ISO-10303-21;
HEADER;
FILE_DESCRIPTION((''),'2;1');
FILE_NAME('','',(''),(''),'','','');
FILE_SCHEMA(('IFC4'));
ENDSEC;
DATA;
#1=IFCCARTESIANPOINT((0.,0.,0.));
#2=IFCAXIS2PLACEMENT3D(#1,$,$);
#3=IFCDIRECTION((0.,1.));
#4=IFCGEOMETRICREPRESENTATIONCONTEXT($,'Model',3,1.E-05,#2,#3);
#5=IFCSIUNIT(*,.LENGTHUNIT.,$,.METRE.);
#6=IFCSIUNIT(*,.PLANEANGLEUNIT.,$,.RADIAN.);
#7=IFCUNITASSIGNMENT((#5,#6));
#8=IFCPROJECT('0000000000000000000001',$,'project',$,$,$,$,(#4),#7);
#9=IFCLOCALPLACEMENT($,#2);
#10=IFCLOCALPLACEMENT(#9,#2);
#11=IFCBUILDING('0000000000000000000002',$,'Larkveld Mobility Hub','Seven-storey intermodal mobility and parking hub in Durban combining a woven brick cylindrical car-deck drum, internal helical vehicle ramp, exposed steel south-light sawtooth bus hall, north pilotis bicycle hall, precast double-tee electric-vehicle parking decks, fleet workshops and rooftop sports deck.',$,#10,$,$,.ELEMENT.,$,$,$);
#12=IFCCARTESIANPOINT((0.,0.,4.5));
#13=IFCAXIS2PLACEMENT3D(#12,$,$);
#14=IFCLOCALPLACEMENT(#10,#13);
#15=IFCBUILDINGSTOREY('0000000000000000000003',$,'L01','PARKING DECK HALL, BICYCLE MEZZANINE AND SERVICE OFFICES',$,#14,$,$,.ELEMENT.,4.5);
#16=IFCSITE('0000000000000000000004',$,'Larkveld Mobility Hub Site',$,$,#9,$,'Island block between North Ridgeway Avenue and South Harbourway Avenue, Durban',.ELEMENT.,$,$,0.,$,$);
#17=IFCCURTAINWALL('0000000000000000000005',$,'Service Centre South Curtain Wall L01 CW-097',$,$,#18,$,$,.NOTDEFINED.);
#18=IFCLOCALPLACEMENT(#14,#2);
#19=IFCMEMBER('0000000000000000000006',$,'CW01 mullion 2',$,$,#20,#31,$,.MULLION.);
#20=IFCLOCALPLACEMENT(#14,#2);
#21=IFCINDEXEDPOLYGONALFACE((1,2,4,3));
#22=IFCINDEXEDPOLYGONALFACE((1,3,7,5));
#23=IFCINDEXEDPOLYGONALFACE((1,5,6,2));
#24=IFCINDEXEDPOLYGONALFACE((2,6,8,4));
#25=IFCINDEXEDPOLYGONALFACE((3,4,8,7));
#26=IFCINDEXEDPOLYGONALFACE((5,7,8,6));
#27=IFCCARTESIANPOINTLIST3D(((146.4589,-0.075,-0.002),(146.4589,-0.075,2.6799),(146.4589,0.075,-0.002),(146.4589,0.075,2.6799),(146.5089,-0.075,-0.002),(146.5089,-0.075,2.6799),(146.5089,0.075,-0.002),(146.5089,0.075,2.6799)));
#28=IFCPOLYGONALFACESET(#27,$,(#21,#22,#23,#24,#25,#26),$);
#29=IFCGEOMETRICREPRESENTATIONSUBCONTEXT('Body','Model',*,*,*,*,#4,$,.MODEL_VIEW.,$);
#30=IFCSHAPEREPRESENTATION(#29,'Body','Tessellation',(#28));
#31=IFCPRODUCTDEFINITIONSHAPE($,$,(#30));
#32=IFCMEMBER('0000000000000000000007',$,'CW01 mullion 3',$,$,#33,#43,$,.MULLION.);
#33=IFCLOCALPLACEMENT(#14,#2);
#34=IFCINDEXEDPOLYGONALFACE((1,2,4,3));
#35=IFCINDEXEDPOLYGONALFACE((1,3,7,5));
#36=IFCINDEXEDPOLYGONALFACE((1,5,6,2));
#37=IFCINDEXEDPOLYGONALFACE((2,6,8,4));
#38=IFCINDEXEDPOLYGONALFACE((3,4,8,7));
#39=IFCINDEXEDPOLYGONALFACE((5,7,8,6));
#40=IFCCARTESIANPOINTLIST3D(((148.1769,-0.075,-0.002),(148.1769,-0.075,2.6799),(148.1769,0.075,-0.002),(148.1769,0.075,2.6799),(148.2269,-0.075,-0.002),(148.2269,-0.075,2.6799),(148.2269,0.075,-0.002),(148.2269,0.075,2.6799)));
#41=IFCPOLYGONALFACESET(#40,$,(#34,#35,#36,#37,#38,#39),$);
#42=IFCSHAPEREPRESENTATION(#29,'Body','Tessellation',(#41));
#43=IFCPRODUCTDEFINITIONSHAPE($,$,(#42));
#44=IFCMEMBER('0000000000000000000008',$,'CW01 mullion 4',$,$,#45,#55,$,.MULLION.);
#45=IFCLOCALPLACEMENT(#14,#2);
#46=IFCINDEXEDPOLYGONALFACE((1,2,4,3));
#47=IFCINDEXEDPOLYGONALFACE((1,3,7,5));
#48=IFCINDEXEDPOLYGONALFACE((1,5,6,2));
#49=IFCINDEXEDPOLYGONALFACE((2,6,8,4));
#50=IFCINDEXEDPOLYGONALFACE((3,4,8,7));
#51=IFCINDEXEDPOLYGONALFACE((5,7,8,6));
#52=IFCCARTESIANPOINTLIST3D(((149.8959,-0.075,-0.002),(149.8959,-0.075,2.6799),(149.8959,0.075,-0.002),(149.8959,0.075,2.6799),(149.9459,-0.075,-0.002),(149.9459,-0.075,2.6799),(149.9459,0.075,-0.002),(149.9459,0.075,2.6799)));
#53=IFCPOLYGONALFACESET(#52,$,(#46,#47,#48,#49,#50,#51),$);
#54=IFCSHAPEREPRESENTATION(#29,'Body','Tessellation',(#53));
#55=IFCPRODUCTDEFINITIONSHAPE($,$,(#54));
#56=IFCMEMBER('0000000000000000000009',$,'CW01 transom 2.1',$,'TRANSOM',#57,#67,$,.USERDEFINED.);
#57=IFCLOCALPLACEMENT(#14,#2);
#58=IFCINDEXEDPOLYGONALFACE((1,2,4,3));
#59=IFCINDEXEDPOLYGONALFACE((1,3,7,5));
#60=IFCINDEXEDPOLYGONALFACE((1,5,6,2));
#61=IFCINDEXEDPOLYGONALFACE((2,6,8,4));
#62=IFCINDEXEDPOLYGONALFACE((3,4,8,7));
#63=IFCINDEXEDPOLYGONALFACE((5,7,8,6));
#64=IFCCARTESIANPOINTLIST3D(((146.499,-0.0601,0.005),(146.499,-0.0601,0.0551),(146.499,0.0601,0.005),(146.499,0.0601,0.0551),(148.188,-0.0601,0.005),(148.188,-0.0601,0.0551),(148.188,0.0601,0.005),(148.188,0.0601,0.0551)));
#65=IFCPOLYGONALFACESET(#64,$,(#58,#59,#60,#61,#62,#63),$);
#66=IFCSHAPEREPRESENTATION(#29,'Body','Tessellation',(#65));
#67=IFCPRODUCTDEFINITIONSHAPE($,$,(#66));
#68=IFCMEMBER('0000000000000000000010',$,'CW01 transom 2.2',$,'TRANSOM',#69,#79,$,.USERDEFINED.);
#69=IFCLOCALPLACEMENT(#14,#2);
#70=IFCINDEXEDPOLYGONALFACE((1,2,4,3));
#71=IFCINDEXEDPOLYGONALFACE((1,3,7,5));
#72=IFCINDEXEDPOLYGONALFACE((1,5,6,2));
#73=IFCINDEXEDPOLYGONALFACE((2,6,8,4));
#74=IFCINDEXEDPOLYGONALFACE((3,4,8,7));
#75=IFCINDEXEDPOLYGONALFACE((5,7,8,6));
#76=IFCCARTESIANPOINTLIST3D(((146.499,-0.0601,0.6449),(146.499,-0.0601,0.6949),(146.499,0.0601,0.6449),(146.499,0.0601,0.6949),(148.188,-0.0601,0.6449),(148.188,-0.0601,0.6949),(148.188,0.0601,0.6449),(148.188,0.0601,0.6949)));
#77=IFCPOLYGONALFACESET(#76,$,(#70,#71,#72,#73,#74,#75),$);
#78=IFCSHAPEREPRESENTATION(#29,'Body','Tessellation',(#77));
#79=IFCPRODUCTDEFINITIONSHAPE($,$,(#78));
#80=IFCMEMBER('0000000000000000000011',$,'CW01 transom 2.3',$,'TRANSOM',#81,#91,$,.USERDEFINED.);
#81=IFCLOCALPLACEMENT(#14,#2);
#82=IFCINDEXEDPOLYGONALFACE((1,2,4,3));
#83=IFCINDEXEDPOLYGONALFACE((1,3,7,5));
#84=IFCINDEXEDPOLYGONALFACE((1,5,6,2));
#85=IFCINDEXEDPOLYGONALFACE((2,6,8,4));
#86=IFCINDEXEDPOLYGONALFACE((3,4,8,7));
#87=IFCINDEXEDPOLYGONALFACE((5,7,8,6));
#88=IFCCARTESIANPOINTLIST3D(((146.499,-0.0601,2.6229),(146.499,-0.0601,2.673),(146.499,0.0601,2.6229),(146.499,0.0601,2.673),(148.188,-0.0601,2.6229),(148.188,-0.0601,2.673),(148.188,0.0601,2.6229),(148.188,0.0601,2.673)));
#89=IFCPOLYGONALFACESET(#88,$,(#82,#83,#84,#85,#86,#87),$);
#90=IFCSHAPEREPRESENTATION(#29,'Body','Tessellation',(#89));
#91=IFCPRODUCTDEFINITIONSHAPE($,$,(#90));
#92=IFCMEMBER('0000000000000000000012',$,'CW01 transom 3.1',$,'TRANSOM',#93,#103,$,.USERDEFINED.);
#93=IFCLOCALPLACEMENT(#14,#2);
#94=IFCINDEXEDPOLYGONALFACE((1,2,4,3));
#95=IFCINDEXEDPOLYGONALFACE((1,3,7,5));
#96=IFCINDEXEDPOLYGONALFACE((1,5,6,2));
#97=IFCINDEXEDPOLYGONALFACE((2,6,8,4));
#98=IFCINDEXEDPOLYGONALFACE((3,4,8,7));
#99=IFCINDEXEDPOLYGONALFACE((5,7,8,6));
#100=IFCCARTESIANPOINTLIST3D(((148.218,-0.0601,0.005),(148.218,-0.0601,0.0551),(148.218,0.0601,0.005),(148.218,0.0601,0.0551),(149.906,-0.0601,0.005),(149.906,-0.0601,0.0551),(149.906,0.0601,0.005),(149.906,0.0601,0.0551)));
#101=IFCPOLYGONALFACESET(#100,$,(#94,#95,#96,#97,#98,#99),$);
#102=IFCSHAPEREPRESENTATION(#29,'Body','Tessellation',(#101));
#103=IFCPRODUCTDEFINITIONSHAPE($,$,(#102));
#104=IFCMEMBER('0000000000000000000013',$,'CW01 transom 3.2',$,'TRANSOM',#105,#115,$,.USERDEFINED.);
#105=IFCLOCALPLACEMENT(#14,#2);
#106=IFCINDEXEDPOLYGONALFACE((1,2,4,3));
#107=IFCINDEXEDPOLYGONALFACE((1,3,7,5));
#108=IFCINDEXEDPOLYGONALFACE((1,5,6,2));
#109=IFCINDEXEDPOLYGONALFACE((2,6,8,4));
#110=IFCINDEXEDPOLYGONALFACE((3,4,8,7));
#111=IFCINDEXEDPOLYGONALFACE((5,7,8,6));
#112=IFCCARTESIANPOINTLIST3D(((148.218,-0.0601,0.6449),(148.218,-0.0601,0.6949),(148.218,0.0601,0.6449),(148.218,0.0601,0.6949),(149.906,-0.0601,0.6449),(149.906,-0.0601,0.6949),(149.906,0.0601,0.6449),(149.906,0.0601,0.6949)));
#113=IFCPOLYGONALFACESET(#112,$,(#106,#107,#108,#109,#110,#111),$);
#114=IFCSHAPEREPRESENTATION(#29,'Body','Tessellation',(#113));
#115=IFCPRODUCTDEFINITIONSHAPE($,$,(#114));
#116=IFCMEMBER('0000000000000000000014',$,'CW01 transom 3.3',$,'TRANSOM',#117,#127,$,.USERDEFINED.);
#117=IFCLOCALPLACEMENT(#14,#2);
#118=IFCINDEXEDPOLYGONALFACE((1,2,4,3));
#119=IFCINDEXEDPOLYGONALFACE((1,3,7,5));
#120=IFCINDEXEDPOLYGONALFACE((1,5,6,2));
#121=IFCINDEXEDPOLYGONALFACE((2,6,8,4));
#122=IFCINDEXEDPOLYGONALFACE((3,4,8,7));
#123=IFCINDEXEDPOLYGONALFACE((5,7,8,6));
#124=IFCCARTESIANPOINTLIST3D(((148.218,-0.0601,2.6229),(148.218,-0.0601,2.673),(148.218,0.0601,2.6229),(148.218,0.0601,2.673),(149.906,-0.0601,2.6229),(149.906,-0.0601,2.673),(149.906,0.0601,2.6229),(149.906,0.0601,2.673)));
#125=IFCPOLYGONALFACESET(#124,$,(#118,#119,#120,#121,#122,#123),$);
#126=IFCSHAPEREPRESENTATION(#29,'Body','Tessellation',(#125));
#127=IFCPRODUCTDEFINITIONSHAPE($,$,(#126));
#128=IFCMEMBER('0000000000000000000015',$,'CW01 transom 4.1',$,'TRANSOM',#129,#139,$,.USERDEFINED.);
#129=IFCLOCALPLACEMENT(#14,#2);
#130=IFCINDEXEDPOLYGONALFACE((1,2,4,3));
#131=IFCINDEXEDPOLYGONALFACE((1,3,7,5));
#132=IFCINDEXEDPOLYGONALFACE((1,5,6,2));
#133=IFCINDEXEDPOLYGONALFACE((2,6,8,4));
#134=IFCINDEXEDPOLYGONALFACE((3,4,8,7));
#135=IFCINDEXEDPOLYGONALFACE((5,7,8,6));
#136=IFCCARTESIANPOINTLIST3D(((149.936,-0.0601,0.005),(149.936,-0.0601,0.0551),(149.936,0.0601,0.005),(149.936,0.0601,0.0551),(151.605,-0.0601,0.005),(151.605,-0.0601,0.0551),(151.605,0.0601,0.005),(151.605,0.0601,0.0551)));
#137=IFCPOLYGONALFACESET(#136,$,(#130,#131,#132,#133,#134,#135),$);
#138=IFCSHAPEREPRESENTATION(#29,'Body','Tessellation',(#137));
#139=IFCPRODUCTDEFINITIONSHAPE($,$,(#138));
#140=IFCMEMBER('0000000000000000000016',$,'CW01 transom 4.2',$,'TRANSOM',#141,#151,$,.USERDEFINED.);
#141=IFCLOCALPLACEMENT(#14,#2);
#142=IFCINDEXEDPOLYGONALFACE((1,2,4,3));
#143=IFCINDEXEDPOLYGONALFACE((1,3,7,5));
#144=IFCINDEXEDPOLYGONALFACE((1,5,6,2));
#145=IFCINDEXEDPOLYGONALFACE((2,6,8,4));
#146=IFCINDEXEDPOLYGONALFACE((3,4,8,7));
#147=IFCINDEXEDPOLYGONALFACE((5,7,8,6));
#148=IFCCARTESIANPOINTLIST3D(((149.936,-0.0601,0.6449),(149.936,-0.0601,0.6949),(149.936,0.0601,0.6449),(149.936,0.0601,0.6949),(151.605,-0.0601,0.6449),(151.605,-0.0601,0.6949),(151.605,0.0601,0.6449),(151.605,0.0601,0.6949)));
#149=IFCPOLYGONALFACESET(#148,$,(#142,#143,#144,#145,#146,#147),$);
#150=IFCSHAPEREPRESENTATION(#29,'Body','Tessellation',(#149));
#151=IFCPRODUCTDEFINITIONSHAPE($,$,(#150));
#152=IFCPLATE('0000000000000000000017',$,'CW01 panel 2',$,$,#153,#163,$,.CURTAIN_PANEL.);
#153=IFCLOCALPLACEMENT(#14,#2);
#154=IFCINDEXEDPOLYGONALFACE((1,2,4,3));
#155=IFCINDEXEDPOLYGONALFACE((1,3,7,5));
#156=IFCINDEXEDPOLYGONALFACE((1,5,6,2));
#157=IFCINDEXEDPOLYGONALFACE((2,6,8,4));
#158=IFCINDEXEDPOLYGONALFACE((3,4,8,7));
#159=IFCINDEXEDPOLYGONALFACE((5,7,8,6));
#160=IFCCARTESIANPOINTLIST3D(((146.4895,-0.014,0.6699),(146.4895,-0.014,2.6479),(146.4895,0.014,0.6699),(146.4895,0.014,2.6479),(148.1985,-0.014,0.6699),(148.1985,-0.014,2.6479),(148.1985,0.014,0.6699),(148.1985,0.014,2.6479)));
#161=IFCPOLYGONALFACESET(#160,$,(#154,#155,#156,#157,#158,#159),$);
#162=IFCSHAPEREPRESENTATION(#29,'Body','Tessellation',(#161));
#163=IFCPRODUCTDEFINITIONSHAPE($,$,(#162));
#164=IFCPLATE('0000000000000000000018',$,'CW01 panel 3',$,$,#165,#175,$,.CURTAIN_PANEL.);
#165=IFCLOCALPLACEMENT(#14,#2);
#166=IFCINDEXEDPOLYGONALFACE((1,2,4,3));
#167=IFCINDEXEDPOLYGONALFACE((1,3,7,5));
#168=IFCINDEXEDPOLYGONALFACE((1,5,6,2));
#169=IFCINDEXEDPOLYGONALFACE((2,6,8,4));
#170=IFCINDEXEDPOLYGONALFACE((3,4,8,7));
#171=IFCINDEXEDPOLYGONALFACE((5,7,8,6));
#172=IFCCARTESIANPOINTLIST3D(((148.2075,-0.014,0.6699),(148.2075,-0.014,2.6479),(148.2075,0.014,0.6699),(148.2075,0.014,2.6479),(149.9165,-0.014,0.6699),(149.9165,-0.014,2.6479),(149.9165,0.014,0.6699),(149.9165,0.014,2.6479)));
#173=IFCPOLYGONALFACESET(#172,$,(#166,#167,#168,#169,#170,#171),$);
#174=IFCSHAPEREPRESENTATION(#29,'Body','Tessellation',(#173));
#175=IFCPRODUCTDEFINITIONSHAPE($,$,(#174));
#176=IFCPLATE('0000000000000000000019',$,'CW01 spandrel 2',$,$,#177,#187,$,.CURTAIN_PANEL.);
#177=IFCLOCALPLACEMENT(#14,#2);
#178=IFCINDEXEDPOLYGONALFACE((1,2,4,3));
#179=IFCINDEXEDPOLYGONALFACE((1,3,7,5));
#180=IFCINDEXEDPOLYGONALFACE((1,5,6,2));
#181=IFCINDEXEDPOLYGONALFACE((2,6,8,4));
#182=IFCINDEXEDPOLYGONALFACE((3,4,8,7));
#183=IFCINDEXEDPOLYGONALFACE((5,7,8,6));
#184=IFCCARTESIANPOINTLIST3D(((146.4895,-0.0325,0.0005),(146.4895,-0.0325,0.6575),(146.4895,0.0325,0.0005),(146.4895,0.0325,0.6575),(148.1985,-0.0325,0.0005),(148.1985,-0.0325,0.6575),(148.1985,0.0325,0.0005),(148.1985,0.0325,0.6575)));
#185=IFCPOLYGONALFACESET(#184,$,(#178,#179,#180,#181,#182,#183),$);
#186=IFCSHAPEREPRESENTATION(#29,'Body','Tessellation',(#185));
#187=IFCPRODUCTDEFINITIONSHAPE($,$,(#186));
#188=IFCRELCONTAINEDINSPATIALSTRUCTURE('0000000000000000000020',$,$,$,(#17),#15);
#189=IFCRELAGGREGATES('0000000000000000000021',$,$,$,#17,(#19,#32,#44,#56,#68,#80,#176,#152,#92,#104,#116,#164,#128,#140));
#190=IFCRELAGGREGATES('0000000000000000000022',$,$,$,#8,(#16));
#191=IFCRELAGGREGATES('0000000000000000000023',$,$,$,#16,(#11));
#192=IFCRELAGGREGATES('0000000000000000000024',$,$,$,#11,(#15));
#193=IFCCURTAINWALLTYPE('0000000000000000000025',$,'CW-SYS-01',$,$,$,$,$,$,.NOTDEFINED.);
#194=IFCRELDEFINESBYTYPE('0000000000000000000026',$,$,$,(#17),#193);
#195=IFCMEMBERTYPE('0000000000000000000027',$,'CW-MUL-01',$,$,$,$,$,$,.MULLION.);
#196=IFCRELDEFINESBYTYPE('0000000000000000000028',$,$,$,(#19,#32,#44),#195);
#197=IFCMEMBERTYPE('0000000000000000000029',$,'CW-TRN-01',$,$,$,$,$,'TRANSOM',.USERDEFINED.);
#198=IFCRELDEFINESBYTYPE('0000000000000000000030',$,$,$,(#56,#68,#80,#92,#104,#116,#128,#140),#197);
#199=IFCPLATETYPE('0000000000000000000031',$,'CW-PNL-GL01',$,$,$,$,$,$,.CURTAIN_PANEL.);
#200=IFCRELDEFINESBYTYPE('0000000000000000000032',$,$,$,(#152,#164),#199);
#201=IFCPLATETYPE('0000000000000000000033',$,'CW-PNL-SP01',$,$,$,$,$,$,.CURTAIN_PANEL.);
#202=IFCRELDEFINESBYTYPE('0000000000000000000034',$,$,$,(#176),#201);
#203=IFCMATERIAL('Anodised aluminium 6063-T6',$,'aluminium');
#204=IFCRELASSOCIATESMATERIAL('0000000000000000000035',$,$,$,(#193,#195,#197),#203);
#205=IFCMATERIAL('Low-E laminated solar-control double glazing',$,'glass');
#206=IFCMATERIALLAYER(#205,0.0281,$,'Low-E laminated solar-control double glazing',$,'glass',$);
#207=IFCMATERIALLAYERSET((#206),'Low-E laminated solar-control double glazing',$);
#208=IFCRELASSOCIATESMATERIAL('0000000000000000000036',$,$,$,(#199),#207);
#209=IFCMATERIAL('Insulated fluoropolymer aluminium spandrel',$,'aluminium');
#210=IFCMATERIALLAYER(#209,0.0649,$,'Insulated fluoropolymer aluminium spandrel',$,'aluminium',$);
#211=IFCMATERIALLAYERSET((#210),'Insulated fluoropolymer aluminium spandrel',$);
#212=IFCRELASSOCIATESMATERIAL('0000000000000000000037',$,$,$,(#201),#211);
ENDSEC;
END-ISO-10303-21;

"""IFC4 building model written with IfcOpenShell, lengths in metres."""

from ifc_helpers import new_model, si_unit, direction, frame, origin, origin_2d, place, context, subcontext, project, spatial, rectangle, extrude, material, layer, layer_set, material_profile, profile_set, type_object, element, aggregate, save


model = new_model("IFC4")

# Units and contexts
model_context = context("Model", 3, precision=1e-05, world=origin(), true_north=direction((0.0, 1.0)))
body_context = subcontext(model_context, "Body", "Model", "MODEL_VIEW")
ifc_project = project(units=[si_unit("LENGTHUNIT", "METRE"), si_unit("PLANEANGLEUNIT", "RADIAN")], contexts=[model_context])

# Site, building, storey
site_placement = place(None, origin())
site = spatial("IfcSite", under=ifc_project, at=site_placement, Name="Larkveld Mobility Hub Site", LongName="Island block between North Ridgeway Avenue and South Harbourway Avenue, Durban", CompositionType="ELEMENT", RefElevation=0.0)
building_placement = place(site_placement, origin())
building = spatial("IfcBuilding", under=site, at=building_placement, Name="Larkveld Mobility Hub", Description="Seven-storey intermodal mobility and parking hub in Durban combining a woven brick cylindrical car-deck drum, internal helical vehicle ramp, exposed steel south-light sawtooth bus hall, north pilotis bicycle hall, precast double-tee electric-vehicle parking decks, fleet workshops and rooftop sports deck.", CompositionType="ELEMENT")
storey_placement = place(building_placement, frame((0.0, 0.0, 4.5)))
storey = spatial("IfcBuildingStorey", under=building, at=storey_placement, Name="L01", Description="PARKING DECK HALL, BICYCLE MEZZANINE AND SERVICE OFFICES", CompositionType="ELEMENT", Elevation=4.5)

# Curtain wall, members, plates
ifc_material_1 = material(Name="Anodised aluminium 6063-T6", Category="aluminium")
curtain_wall_type = type_object("IfcCurtainWallType", Name="CW-SYS-01", PredefinedType="NOTDEFINED", material=ifc_material_1)
curtain_wall_placement = place(storey_placement, origin())
curtain_wall = element("IfcCurtainWall", 1, at=curtain_wall_placement, inside=storey, type_object=curtain_wall_type, Name="Service Centre South Curtain Wall L01 CW-097", PredefinedType="NOTDEFINED")
ifc_material_profile_1 = material_profile(ifc_material_1, rectangle(XDim=0.05, YDim=0.1499, at=origin_2d()), Name="ALU MULL 50x150")
ifc_profile_set_1 = profile_set([ifc_material_profile_1], Name="Anodised aluminium 6063-T6")
member_type_1 = type_object("IfcMemberType", Name="CW-MUL-01", PredefinedType="MULLION", material=ifc_profile_set_1)
member_1_placement = place(storey_placement, frame((146.4839, 0.0, -0.002), z_axis=(0.0, 0.0, 1.0), x_axis=(1.0, 0.0, 0.0)))
member_1 = element("IfcMember", 2, at=member_1_placement, type_object=member_type_1, Name="CW01 mullion 2", PredefinedType="MULLION", context=body_context, shape_type="SweptSolid", body=[
    extrude(rectangle(XDim=0.05, YDim=0.1499, at=origin_2d()), origin(), (0.0, 0.0, 1.0), 2.6819),
])
member_2_placement = place(storey_placement, frame((148.2019, 0.0, -0.002), z_axis=(0.0, 0.0, 1.0), x_axis=(1.0, 0.0, 0.0)))
member_2 = element("IfcMember", 3, at=member_2_placement, type_object=member_type_1, Name="CW01 mullion 3", PredefinedType="MULLION", context=body_context, shape_type="SweptSolid", body=[
    extrude(rectangle(XDim=0.05, YDim=0.1499, at=origin_2d()), origin(), (0.0, 0.0, 1.0), 2.6819),
])
member_3_placement = place(storey_placement, frame((149.9209, 0.0, -0.002), z_axis=(0.0, 0.0, 1.0), x_axis=(1.0, 0.0, 0.0)))
member_3 = element("IfcMember", 4, at=member_3_placement, type_object=member_type_1, Name="CW01 mullion 4", PredefinedType="MULLION", context=body_context, shape_type="SweptSolid", body=[
    extrude(rectangle(XDim=0.05, YDim=0.1499, at=origin_2d()), origin(), (0.0, 0.0, 1.0), 2.6819),
])
ifc_material_profile_2 = material_profile(ifc_material_1, rectangle(XDim=0.1201, YDim=0.05, at=origin_2d()), Name="ALU TRAN 50x120")
ifc_profile_set_2 = profile_set([ifc_material_profile_2], Name="Anodised aluminium 6063-T6")
member_type_2 = type_object("IfcMemberType", Name="CW-TRN-01", ElementType="TRANSOM", PredefinedType="USERDEFINED", material=ifc_profile_set_2)
member_4_placement = place(storey_placement, frame((146.499, 0.0, 0.03), z_axis=(1.0, 0.0, 0.0), x_axis=(0.0, 1.0, 0.0)))
member_4 = element("IfcMember", 5, at=member_4_placement, type_object=member_type_2, Name="CW01 transom 2.1", ObjectType="TRANSOM", PredefinedType="USERDEFINED", context=body_context, shape_type="SweptSolid", body=[
    extrude(rectangle(XDim=0.1201, YDim=0.05, at=origin_2d()), origin(), (0.0, 0.0, 1.0), 1.689),
])
member_5_placement = place(storey_placement, frame((146.499, 0.0, 0.6699), z_axis=(1.0, 0.0, 0.0), x_axis=(0.0, 1.0, 0.0)))
member_5 = element("IfcMember", 6, at=member_5_placement, type_object=member_type_2, Name="CW01 transom 2.2", ObjectType="TRANSOM", PredefinedType="USERDEFINED", context=body_context, shape_type="SweptSolid", body=[
    extrude(rectangle(XDim=0.1201, YDim=0.05, at=origin_2d()), origin(), (0.0, 0.0, 1.0), 1.689),
])
member_6_placement = place(storey_placement, frame((146.499, 0.0, 2.6479), z_axis=(1.0, 0.0, 0.0), x_axis=(0.0, 1.0, 0.0)))
member_6 = element("IfcMember", 7, at=member_6_placement, type_object=member_type_2, Name="CW01 transom 2.3", ObjectType="TRANSOM", PredefinedType="USERDEFINED", context=body_context, shape_type="SweptSolid", body=[
    extrude(rectangle(XDim=0.1201, YDim=0.05, at=origin_2d()), origin(), (0.0, 0.0, 1.0), 1.689),
])
member_7_placement = place(storey_placement, frame((148.218, 0.0, 0.03), z_axis=(1.0, 0.0, 0.0), x_axis=(0.0, 1.0, 0.0)))
member_7 = element("IfcMember", 8, at=member_7_placement, type_object=member_type_2, Name="CW01 transom 3.1", ObjectType="TRANSOM", PredefinedType="USERDEFINED", context=body_context, shape_type="SweptSolid", body=[
    extrude(rectangle(XDim=0.1201, YDim=0.05, at=origin_2d()), origin(), (0.0, 0.0, 1.0), 1.688),
])
member_8_placement = place(storey_placement, frame((148.218, 0.0, 0.6699), z_axis=(1.0, 0.0, 0.0), x_axis=(0.0, 1.0, 0.0)))
member_8 = element("IfcMember", 9, at=member_8_placement, type_object=member_type_2, Name="CW01 transom 3.2", ObjectType="TRANSOM", PredefinedType="USERDEFINED", context=body_context, shape_type="SweptSolid", body=[
    extrude(rectangle(XDim=0.1201, YDim=0.05, at=origin_2d()), origin(), (0.0, 0.0, 1.0), 1.688),
])
member_9_placement = place(storey_placement, frame((148.218, 0.0, 2.6479), z_axis=(1.0, 0.0, 0.0), x_axis=(0.0, 1.0, 0.0)))
member_9 = element("IfcMember", 10, at=member_9_placement, type_object=member_type_2, Name="CW01 transom 3.3", ObjectType="TRANSOM", PredefinedType="USERDEFINED", context=body_context, shape_type="SweptSolid", body=[
    extrude(rectangle(XDim=0.1201, YDim=0.05, at=origin_2d()), origin(), (0.0, 0.0, 1.0), 1.688),
])
member_10_placement = place(storey_placement, frame((149.936, 0.0, 0.03), z_axis=(1.0, 0.0, 0.0), x_axis=(0.0, 1.0, 0.0)))
member_10 = element("IfcMember", 11, at=member_10_placement, type_object=member_type_2, Name="CW01 transom 4.1", ObjectType="TRANSOM", PredefinedType="USERDEFINED", context=body_context, shape_type="SweptSolid", body=[
    extrude(rectangle(XDim=0.1201, YDim=0.05, at=origin_2d()), origin(), (0.0, 0.0, 1.0), 1.6689),
])
member_11_placement = place(storey_placement, frame((149.936, 0.0, 0.6699), z_axis=(1.0, 0.0, 0.0), x_axis=(0.0, 1.0, 0.0)))
member_11 = element("IfcMember", 12, at=member_11_placement, type_object=member_type_2, Name="CW01 transom 4.2", ObjectType="TRANSOM", PredefinedType="USERDEFINED", context=body_context, shape_type="SweptSolid", body=[
    extrude(rectangle(XDim=0.1201, YDim=0.05, at=origin_2d()), origin(), (0.0, 0.0, 1.0), 1.6689),
])
ifc_material_2 = material(Name="Low-E laminated solar-control double glazing", Category="glass")
ifc_layer_1 = layer(ifc_material_2, 0.0281, Name="Low-E laminated solar-control double glazing", Category="glass")
ifc_layer_set_1 = layer_set([ifc_layer_1], Name="Low-E laminated solar-control double glazing")
plate_type_1 = type_object("IfcPlateType", Name="CW-PNL-GL01", PredefinedType="CURTAIN_PANEL", material=ifc_layer_set_1)
plate_1_placement = place(storey_placement, frame((147.344, 0.0, 0.6699), z_axis=(0.0, 0.0, 1.0), x_axis=(1.0, 0.0, 0.0)))
plate_1 = element("IfcPlate", 13, at=plate_1_placement, type_object=plate_type_1, Name="CW01 panel 2", PredefinedType="CURTAIN_PANEL", context=body_context, shape_type="SweptSolid", body=[
    extrude(rectangle(XDim=1.709, YDim=0.0281, at=origin_2d()), origin(), (0.0, 0.0, 1.0), 1.978),
])
plate_2_placement = place(storey_placement, frame((149.062, 0.0, 0.6699), z_axis=(0.0, 0.0, 1.0), x_axis=(1.0, 0.0, 0.0)))
plate_2 = element("IfcPlate", 14, at=plate_2_placement, type_object=plate_type_1, Name="CW01 panel 3", PredefinedType="CURTAIN_PANEL", context=body_context, shape_type="SweptSolid", body=[
    extrude(rectangle(XDim=1.709, YDim=0.0281, at=origin_2d()), origin(), (0.0, 0.0, 1.0), 1.978),
])
ifc_material_3 = material(Name="Insulated fluoropolymer aluminium spandrel", Category="aluminium")
ifc_layer_2 = layer(ifc_material_3, 0.0649, Name="Insulated fluoropolymer aluminium spandrel", Category="aluminium")
ifc_layer_set_2 = layer_set([ifc_layer_2], Name="Insulated fluoropolymer aluminium spandrel")
plate_type_2 = type_object("IfcPlateType", Name="CW-PNL-SP01", PredefinedType="CURTAIN_PANEL", material=ifc_layer_set_2)
plate_3_placement = place(storey_placement, frame((147.344, 0.0, 0.0005), z_axis=(0.0, 0.0, 1.0), x_axis=(1.0, 0.0, 0.0)))
plate_3 = element("IfcPlate", 15, at=plate_3_placement, type_object=plate_type_2, Name="CW01 spandrel 2", PredefinedType="CURTAIN_PANEL", context=body_context, shape_type="SweptSolid", body=[
    extrude(rectangle(XDim=1.709, YDim=0.0649, at=origin_2d()), origin(), (0.0, 0.0, 1.0), 0.657),
])
aggregate(curtain_wall, [member_1, member_2, member_3, member_4, member_5, member_6, plate_3, plate_1, member_7, member_8, member_9, plate_2, member_10, member_11])

save(model, "model.ifc")
